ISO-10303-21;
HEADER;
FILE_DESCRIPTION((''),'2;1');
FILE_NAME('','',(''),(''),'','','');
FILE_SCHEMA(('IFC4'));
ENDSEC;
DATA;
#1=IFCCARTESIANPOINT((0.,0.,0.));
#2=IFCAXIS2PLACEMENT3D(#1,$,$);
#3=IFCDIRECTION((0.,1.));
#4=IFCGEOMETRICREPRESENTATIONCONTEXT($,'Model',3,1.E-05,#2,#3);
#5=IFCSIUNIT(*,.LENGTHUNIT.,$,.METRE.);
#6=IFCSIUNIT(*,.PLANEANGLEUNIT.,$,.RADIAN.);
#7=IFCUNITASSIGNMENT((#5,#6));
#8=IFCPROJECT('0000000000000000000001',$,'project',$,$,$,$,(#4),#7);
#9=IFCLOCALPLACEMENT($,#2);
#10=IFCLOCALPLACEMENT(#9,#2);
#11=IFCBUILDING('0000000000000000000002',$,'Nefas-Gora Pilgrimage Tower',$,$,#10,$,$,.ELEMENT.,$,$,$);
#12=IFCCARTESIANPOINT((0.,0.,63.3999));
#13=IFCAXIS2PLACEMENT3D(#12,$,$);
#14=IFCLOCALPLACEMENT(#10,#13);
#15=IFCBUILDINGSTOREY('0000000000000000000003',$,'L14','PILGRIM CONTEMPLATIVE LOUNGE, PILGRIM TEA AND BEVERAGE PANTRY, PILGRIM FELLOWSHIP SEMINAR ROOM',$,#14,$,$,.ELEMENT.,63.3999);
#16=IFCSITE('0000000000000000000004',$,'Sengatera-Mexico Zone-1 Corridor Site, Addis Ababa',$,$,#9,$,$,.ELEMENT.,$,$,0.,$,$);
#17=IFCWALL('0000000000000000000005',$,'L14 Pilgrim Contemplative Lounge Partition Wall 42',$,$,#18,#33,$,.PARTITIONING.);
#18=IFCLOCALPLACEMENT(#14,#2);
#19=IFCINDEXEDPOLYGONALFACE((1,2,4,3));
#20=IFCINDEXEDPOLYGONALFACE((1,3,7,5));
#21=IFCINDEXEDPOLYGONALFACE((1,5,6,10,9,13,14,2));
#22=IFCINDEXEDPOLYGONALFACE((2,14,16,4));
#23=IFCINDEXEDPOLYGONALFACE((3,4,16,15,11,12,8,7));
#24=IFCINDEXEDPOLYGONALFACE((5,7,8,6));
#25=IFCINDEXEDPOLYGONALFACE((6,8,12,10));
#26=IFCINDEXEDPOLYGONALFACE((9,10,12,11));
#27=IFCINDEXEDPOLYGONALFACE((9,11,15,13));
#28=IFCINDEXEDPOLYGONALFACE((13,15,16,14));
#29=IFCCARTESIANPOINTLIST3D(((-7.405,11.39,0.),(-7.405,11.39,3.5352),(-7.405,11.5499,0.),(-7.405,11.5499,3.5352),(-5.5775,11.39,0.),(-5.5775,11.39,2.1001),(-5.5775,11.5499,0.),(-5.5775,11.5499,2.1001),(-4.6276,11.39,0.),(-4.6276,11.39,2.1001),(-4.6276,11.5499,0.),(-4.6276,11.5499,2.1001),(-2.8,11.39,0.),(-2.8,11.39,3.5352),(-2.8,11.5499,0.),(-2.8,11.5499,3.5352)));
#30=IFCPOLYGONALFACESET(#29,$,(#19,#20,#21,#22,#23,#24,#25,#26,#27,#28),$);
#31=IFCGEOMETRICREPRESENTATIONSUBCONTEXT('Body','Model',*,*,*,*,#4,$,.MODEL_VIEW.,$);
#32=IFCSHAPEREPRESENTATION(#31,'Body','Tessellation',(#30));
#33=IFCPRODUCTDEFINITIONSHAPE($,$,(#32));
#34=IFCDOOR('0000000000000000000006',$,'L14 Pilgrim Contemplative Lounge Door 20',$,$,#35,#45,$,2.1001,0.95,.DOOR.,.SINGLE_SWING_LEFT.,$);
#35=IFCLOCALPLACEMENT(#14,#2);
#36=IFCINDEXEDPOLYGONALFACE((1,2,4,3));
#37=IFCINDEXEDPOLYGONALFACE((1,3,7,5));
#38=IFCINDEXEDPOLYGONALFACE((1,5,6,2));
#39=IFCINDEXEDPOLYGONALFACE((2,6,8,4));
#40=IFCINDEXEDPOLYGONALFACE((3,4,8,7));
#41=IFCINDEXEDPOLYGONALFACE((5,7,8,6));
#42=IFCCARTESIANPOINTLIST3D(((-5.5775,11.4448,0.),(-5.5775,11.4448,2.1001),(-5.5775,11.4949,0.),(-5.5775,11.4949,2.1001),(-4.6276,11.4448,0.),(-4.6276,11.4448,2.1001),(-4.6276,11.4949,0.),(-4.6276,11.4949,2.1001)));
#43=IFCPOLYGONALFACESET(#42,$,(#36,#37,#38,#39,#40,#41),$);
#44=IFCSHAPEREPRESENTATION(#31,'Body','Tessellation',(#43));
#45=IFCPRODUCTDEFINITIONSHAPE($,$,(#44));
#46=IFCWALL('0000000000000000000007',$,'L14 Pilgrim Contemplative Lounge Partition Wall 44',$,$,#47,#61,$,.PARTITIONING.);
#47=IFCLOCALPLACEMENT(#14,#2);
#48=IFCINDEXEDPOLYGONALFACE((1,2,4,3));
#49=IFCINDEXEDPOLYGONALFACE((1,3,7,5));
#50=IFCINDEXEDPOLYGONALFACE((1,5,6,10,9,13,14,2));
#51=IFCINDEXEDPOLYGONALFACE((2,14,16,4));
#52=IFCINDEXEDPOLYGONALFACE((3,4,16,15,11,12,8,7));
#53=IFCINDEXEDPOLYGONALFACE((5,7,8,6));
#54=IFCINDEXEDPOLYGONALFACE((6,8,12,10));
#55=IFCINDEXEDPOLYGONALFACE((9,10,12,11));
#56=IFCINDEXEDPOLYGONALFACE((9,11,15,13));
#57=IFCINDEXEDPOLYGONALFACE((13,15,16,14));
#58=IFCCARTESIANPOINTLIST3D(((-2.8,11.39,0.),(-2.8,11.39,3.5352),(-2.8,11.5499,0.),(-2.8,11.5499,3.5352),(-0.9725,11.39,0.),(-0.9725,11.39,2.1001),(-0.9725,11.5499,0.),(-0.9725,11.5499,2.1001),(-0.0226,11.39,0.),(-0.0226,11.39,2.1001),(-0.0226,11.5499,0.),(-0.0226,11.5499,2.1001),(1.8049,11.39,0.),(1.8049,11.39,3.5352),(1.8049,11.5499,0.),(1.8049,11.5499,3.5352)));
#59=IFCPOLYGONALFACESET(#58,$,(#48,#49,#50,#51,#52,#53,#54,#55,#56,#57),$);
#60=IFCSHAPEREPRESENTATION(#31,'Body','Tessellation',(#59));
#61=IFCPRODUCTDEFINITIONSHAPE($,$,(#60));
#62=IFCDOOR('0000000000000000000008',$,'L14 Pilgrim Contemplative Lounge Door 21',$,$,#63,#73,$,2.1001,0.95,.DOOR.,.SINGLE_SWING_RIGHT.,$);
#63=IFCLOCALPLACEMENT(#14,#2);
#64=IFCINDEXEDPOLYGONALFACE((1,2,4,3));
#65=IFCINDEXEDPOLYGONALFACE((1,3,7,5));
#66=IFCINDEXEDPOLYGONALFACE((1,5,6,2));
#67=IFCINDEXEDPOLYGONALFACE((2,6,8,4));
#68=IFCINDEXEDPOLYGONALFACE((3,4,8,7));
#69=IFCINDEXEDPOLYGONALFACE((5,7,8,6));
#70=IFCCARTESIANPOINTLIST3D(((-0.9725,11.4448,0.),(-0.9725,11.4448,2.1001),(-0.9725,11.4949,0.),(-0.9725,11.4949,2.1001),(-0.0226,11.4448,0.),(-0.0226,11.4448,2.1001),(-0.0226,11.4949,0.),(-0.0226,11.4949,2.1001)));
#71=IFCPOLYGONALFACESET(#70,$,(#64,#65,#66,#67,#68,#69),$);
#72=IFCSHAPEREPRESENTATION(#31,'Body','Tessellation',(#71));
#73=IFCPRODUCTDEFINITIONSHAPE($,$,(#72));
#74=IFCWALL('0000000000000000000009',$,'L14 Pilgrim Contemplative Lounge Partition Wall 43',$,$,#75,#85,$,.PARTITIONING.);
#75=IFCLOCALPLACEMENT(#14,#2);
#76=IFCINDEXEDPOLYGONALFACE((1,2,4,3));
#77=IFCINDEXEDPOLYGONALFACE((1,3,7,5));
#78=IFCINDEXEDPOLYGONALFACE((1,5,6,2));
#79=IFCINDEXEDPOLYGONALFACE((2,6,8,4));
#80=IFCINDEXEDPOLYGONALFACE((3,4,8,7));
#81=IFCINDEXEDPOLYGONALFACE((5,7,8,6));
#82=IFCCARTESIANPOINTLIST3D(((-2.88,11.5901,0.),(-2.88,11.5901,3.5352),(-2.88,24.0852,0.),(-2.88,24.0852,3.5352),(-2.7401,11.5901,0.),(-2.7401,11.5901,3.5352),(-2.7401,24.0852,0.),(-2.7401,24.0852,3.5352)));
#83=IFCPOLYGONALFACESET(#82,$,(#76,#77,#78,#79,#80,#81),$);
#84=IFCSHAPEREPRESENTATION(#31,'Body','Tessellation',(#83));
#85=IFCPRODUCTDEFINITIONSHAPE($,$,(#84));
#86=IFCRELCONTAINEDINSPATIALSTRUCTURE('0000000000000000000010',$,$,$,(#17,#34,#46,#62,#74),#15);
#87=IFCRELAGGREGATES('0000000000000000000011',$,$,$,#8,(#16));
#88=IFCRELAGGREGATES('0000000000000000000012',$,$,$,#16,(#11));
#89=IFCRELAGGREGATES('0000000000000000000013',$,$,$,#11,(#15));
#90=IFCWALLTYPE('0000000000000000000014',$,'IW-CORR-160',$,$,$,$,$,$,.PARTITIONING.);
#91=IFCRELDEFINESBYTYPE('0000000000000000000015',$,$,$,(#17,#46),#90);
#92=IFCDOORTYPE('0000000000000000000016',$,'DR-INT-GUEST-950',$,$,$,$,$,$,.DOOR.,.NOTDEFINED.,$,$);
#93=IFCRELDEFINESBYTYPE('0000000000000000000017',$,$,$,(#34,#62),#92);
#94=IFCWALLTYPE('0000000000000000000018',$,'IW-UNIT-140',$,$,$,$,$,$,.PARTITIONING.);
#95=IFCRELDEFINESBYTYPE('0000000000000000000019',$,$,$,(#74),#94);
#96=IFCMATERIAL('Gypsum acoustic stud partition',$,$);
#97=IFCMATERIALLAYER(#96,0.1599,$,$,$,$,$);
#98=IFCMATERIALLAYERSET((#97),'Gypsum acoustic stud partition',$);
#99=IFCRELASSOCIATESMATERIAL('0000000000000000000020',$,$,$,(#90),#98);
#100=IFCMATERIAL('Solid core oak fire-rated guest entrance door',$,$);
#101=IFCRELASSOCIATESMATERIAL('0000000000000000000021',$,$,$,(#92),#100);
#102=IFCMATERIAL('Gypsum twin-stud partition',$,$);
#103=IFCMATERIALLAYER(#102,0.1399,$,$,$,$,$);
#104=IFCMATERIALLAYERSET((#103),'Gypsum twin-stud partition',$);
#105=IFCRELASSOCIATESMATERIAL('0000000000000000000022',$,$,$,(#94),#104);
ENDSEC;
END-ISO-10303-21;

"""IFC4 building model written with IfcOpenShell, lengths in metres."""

from ifc_helpers import new_model, si_unit, direction, frame, frame_2d, origin, place, context, subcontext, project, spatial, rectangle, extrude, source, transform, mapped, material, layer, layer_set, type_object, element, fill, save


model = new_model("IFC4")

# Units and contexts
model_context = context("Model", 3, precision=1e-05, world=origin(), true_north=direction((0.0, 1.0)))
body_context = subcontext(model_context, "Body", "Model", "MODEL_VIEW")
ifc_project = project(units=[si_unit("LENGTHUNIT", "METRE"), si_unit("PLANEANGLEUNIT", "RADIAN")], contexts=[model_context])

# Site, building, storey
site_placement = place(None, origin())
site = spatial("IfcSite", under=ifc_project, at=site_placement, Name="Sengatera-Mexico Zone-1 Corridor Site, Addis Ababa", CompositionType="ELEMENT", RefElevation=0.0)
building_placement = place(site_placement, origin())
building = spatial("IfcBuilding", under=site, at=building_placement, Name="Nefas-Gora Pilgrimage Tower", CompositionType="ELEMENT")
storey_placement = place(building_placement, frame((0.0, 0.0, 63.3999)))
storey = spatial("IfcBuildingStorey", under=building, at=storey_placement, Name="L14", Description="PILGRIM CONTEMPLATIVE LOUNGE, PILGRIM TEA AND BEVERAGE PANTRY, PILGRIM FELLOWSHIP SEMINAR ROOM", CompositionType="ELEMENT", Elevation=63.3999)

# Shared definitions
ifc_material_1 = material(Name="Gypsum acoustic stud partition")
ifc_layer_1 = layer(ifc_material_1, 0.1599)
ifc_layer_set_1 = layer_set([ifc_layer_1], Name="Gypsum acoustic stud partition")
wall_type_1 = type_object("IfcWallType", Name="IW-CORR-160", PredefinedType="PARTITIONING", material=ifc_layer_set_1)

# Walls, openings, doors
shared_shape_1 = source(origin(), body_context, "Body", "SweptSolid", [
    extrude(rectangle(XDim=4.605, YDim=0.1599, at=frame_2d((2.3025, 0.0))), origin(), (0.0, 0.0, 1.0), 3.5352),
])
wall_1_placement = place(storey_placement, frame((-7.405, 11.47, 0.0), z_axis=(0.0, 0.0, 1.0), x_axis=(1.0, 0.0, 0.0)))
wall_1 = element("IfcWall", 1, at=wall_1_placement, inside=storey, type_object=wall_type_1, Name="L14 Pilgrim Contemplative Lounge Partition Wall 42", PredefinedType="PARTITIONING", context=body_context, shape_type="MappedRepresentation", body=[
    mapped(shared_shape_1, transform((0.0, 0.0, 0.0), x_axis=(1.0, 0.0, 0.0), y_axis=(0.0, 1.0, 0.0), z_axis=(0.0, 0.0, 1.0), scale=1.0)),
])
opening_1_placement = place(wall_1_placement, frame((1.8274, 0.0, 0.0)))
opening_1 = element("IfcOpeningElement", 2, at=opening_1_placement, cuts=wall_1, PredefinedType="OPENING", context=body_context, shape_type="SweptSolid", body=[
    extrude(rectangle(XDim=0.95, YDim=2.1001, at=frame_2d((0.4751, 1.05))), frame((0.0, 0.0898, 0.0), z_axis=(0.0, -1.0, 0.0), x_axis=(1.0, 0.0, 0.0)), (0.0, 0.0, 1.0), 0.1799),
])
ifc_material_2 = material(Name="Solid core oak fire-rated guest entrance door")
door_type_1 = type_object("IfcDoorType", Name="DR-INT-GUEST-950", OperationType="NOTDEFINED", PredefinedType="DOOR", material=ifc_material_2)
shared_shape_2 = source(origin(), body_context, "Body", "SweptSolid", [
    extrude(rectangle(XDim=0.95, YDim=2.1001, at=frame_2d((0.4751, 1.05))), frame((0.0, 0.0249, 0.0), z_axis=(0.0, -1.0, 0.0), x_axis=(1.0, 0.0, 0.0)), (0.0, 0.0, 1.0), 0.05),
])
door_1_placement = place(opening_1_placement, origin())
door_1 = element("IfcDoor", 3, at=door_1_placement, inside=storey, type_object=door_type_1, Name="L14 Pilgrim Contemplative Lounge Door 20", OperationType="SINGLE_SWING_LEFT", OverallHeight=2.1001, OverallWidth=0.95, PredefinedType="DOOR", context=body_context, shape_type="MappedRepresentation", body=[
    mapped(shared_shape_2, transform((0.0, 0.0, 0.0), x_axis=(1.0, 0.0, 0.0), y_axis=(0.0, 1.0, 0.0), z_axis=(0.0, 0.0, 1.0), scale=1.0)),
])
fill(opening_1, door_1)
wall_2_placement = place(storey_placement, frame((-2.8, 11.47, 0.0), z_axis=(0.0, 0.0, 1.0), x_axis=(1.0, 0.0, 0.0)))
wall_2 = element("IfcWall", 4, at=wall_2_placement, inside=storey, type_object=wall_type_1, Name="L14 Pilgrim Contemplative Lounge Partition Wall 44", PredefinedType="PARTITIONING", context=body_context, shape_type="MappedRepresentation", body=[
    mapped(shared_shape_1, transform((0.0, 0.0, 0.0), x_axis=(1.0, 0.0, 0.0), y_axis=(0.0, 1.0, 0.0), z_axis=(0.0, 0.0, 1.0), scale=1.0)),
])
opening_2_placement = place(wall_2_placement, frame((1.8274, 0.0, 0.0)))
opening_2 = element("IfcOpeningElement", 5, at=opening_2_placement, cuts=wall_2, PredefinedType="OPENING", context=body_context, shape_type="SweptSolid", body=[
    extrude(rectangle(XDim=0.95, YDim=2.1001, at=frame_2d((0.4751, 1.05))), frame((0.0, 0.0898, 0.0), z_axis=(0.0, -1.0, 0.0), x_axis=(1.0, 0.0, 0.0)), (0.0, 0.0, 1.0), 0.1799),
])
door_2_placement = place(opening_2_placement, origin())
door_2 = element("IfcDoor", 6, at=door_2_placement, inside=storey, type_object=door_type_1, Name="L14 Pilgrim Contemplative Lounge Door 21", OperationType="SINGLE_SWING_RIGHT", OverallHeight=2.1001, OverallWidth=0.95, PredefinedType="DOOR", context=body_context, shape_type="MappedRepresentation", body=[
    mapped(shared_shape_2, transform((0.0, 0.0, 0.0), x_axis=(1.0, 0.0, 0.0), y_axis=(0.0, 1.0, 0.0), z_axis=(0.0, 0.0, 1.0), scale=1.0)),
])
fill(opening_2, door_2)

# Wall
ifc_material_3 = material(Name="Gypsum twin-stud partition")
ifc_layer_2 = layer(ifc_material_3, 0.1399)
ifc_layer_set_2 = layer_set([ifc_layer_2], Name="Gypsum twin-stud partition")
wall_type_2 = type_object("IfcWallType", Name="IW-UNIT-140", PredefinedType="PARTITIONING", material=ifc_layer_set_2)
shared_shape_3 = source(origin(), body_context, "Body", "SweptSolid", [
    extrude(rectangle(XDim=12.4951, YDim=0.1399, at=frame_2d((6.2476, 0.0))), origin(), (0.0, 0.0, 1.0), 3.5352),
])
wall_3_placement = place(storey_placement, frame((-2.8101, 11.5901, 0.0), z_axis=(0.0, 0.0, 1.0), x_axis=(0.0, 1.0, 0.0)))
element("IfcWall", 7, at=wall_3_placement, inside=storey, type_object=wall_type_2, Name="L14 Pilgrim Contemplative Lounge Partition Wall 43", PredefinedType="PARTITIONING", context=body_context, shape_type="MappedRepresentation", body=[
    mapped(shared_shape_3, transform((0.0, 0.0, 0.0), x_axis=(1.0, 0.0, 0.0), y_axis=(0.0, 1.0, 0.0), z_axis=(0.0, 0.0, 1.0), scale=1.0)),
])

save(model, "model.ifc")
